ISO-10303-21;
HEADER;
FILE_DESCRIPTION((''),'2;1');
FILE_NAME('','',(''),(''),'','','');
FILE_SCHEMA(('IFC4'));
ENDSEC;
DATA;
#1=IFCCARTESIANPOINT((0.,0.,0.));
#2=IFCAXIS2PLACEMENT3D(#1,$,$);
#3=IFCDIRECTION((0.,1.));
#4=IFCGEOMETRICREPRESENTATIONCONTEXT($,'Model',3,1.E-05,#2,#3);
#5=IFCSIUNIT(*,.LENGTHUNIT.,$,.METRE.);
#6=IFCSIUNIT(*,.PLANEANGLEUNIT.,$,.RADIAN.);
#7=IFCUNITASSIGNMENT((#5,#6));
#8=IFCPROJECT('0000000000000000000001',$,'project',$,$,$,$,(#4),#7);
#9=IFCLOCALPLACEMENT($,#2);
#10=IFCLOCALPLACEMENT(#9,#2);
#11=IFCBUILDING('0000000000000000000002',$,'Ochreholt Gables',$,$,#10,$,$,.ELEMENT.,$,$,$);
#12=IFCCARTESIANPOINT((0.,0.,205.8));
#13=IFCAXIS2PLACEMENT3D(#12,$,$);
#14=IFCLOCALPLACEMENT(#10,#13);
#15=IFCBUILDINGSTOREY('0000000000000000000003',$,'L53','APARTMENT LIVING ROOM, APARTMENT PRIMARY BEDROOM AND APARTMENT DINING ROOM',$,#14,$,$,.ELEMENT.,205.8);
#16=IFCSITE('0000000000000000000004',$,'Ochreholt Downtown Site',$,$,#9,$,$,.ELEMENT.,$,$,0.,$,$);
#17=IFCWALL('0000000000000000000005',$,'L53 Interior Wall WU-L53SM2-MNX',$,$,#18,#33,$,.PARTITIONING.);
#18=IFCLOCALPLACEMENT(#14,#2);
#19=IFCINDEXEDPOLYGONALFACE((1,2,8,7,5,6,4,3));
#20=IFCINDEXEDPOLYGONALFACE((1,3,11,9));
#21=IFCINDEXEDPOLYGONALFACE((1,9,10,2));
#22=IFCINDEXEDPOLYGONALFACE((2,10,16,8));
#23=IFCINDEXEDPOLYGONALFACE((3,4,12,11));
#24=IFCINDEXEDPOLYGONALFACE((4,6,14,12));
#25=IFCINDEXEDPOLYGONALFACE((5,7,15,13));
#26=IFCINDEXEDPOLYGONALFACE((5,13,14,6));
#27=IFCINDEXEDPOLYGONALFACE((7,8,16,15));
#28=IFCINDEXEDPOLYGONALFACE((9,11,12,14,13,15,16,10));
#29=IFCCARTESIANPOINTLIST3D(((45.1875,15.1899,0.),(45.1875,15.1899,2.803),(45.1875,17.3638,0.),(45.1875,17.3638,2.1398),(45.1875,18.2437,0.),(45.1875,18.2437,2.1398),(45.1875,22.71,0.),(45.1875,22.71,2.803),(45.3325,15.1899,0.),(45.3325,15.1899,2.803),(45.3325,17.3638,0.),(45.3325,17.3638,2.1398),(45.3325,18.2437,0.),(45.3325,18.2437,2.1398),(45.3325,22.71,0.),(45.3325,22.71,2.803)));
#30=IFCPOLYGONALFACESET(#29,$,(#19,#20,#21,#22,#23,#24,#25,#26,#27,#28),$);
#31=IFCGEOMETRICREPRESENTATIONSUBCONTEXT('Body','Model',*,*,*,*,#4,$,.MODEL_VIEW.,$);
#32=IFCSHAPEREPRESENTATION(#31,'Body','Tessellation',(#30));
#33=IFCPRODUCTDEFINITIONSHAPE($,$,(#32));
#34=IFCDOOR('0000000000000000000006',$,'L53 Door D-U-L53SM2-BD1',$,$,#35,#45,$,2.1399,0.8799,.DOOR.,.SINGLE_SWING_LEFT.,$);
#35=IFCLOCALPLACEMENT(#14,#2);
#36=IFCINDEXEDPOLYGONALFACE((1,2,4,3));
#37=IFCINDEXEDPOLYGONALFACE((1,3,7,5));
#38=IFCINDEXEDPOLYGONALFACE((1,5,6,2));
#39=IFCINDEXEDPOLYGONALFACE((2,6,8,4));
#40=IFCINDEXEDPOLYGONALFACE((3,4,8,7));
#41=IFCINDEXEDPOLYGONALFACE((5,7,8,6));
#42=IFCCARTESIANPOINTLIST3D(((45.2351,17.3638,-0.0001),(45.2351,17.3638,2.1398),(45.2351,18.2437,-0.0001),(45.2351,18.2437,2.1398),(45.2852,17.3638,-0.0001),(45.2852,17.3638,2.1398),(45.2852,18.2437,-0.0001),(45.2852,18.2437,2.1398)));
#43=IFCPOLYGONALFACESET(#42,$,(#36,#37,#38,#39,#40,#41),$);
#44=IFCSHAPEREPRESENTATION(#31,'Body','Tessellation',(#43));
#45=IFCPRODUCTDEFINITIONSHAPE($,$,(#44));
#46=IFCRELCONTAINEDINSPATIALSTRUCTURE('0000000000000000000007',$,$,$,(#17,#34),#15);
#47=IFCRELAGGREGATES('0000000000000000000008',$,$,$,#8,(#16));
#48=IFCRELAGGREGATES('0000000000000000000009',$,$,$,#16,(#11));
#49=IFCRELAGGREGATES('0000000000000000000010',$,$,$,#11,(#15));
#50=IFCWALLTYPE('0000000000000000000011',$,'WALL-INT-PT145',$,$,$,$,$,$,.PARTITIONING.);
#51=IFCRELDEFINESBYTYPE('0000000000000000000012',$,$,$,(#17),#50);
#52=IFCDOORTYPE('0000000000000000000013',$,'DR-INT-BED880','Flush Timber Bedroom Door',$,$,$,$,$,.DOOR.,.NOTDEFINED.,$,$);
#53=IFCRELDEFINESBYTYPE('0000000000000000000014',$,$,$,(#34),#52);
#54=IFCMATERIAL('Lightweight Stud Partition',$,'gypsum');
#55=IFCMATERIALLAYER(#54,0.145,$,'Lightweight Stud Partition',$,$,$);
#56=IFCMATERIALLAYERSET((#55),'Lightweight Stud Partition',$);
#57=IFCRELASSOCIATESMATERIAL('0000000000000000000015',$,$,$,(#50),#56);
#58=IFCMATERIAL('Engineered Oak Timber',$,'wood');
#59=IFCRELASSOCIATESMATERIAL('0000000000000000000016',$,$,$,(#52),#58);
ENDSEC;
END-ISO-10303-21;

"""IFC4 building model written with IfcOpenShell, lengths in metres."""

from ifc_helpers import new_model, si_unit, direction, frame, frame_2d, origin, place, context, subcontext, project, spatial, rectangle, extrude, material, layer, layer_set, type_object, element, fill, save


model = new_model("IFC4")

# Units and contexts
model_context = context("Model", 3, precision=1e-05, world=origin(), true_north=direction((0.0, 1.0)))
body_context = subcontext(model_context, "Body", "Model", "MODEL_VIEW")
ifc_project = project(units=[si_unit("LENGTHUNIT", "METRE"), si_unit("PLANEANGLEUNIT", "RADIAN")], contexts=[model_context])

# Site, building, storey
site_placement = place(None, origin())
site = spatial("IfcSite", under=ifc_project, at=site_placement, Name="Ochreholt Downtown Site", CompositionType="ELEMENT", RefElevation=0.0)
building_placement = place(site_placement, origin())
building = spatial("IfcBuilding", under=site, at=building_placement, Name="Ochreholt Gables", CompositionType="ELEMENT")
storey_placement = place(building_placement, frame((0.0, 0.0, 205.8)))
storey = spatial("IfcBuildingStorey", under=building, at=storey_placement, Name="L53", Description="APARTMENT LIVING ROOM, APARTMENT PRIMARY BEDROOM AND APARTMENT DINING ROOM", CompositionType="ELEMENT", Elevation=205.8)

# Shared definitions
ifc_material_1 = material(Name="Engineered Oak Timber", Category="wood")

# Shared definitions
ifc_material_2 = material(Name="Lightweight Stud Partition", Category="gypsum")
ifc_layer_1 = layer(ifc_material_2, 0.145, Name="Lightweight Stud Partition")
ifc_layer_set_1 = layer_set([ifc_layer_1], Name="Lightweight Stud Partition")
wall_type_1 = type_object("IfcWallType", Name="WALL-INT-PT145", PredefinedType="PARTITIONING", material=ifc_layer_set_1)
door_type_1 = type_object("IfcDoorType", Name="DR-INT-BED880", Description="Flush Timber Bedroom Door", OperationType="NOTDEFINED", PredefinedType="DOOR", material=ifc_material_1)

# Wall, opening, door
wall_1_placement = place(storey_placement, frame((45.26, 15.1899, 0.0), z_axis=(0.0, 0.0, 1.0), x_axis=(0.0, 1.0, 0.0)))
wall_1 = element("IfcWall", 1, at=wall_1_placement, inside=storey, type_object=wall_type_1, Name="L53 Interior Wall WU-L53SM2-MNX", PredefinedType="PARTITIONING", context=body_context, shape_type="SweptSolid", body=[
    extrude(rectangle(XDim=7.52, YDim=0.145, at=frame_2d((3.76, 0.0))), origin(), (0.0, 0.0, 1.0), 2.803),
])
opening_1_placement = place(wall_1_placement, frame((2.1738, 0.0, 0.0)))
opening_1 = element("IfcOpeningElement", 2, at=opening_1_placement, cuts=wall_1, PredefinedType="OPENING", context=body_context, shape_type="SweptSolid", body=[
    extrude(rectangle(XDim=0.8799, YDim=2.1399, at=frame_2d((0.4399, 1.0698))), frame((0.0, 0.0825, 0.0), z_axis=(0.0, -1.0, 0.0), x_axis=(1.0, 0.0, 0.0)), (0.0, 0.0, 1.0), 0.165),
])
door_1_placement = place(opening_1_placement, origin())
door_1 = element("IfcDoor", 3, at=door_1_placement, inside=storey, type_object=door_type_1, Name="L53 Door D-U-L53SM2-BD1", OperationType="SINGLE_SWING_LEFT", OverallHeight=2.1399, OverallWidth=0.8799, PredefinedType="DOOR", context=body_context, shape_type="SweptSolid", body=[
    extrude(rectangle(XDim=0.8799, YDim=2.1399, at=frame_2d((0.4399, 1.0698))), frame((0.0, 0.0249, 0.0), z_axis=(0.0, -1.0, 0.0), x_axis=(1.0, 0.0, 0.0)), (0.0, 0.0, 1.0), 0.05),
])
fill(opening_1, door_1)

save(model, "model.ifc")
